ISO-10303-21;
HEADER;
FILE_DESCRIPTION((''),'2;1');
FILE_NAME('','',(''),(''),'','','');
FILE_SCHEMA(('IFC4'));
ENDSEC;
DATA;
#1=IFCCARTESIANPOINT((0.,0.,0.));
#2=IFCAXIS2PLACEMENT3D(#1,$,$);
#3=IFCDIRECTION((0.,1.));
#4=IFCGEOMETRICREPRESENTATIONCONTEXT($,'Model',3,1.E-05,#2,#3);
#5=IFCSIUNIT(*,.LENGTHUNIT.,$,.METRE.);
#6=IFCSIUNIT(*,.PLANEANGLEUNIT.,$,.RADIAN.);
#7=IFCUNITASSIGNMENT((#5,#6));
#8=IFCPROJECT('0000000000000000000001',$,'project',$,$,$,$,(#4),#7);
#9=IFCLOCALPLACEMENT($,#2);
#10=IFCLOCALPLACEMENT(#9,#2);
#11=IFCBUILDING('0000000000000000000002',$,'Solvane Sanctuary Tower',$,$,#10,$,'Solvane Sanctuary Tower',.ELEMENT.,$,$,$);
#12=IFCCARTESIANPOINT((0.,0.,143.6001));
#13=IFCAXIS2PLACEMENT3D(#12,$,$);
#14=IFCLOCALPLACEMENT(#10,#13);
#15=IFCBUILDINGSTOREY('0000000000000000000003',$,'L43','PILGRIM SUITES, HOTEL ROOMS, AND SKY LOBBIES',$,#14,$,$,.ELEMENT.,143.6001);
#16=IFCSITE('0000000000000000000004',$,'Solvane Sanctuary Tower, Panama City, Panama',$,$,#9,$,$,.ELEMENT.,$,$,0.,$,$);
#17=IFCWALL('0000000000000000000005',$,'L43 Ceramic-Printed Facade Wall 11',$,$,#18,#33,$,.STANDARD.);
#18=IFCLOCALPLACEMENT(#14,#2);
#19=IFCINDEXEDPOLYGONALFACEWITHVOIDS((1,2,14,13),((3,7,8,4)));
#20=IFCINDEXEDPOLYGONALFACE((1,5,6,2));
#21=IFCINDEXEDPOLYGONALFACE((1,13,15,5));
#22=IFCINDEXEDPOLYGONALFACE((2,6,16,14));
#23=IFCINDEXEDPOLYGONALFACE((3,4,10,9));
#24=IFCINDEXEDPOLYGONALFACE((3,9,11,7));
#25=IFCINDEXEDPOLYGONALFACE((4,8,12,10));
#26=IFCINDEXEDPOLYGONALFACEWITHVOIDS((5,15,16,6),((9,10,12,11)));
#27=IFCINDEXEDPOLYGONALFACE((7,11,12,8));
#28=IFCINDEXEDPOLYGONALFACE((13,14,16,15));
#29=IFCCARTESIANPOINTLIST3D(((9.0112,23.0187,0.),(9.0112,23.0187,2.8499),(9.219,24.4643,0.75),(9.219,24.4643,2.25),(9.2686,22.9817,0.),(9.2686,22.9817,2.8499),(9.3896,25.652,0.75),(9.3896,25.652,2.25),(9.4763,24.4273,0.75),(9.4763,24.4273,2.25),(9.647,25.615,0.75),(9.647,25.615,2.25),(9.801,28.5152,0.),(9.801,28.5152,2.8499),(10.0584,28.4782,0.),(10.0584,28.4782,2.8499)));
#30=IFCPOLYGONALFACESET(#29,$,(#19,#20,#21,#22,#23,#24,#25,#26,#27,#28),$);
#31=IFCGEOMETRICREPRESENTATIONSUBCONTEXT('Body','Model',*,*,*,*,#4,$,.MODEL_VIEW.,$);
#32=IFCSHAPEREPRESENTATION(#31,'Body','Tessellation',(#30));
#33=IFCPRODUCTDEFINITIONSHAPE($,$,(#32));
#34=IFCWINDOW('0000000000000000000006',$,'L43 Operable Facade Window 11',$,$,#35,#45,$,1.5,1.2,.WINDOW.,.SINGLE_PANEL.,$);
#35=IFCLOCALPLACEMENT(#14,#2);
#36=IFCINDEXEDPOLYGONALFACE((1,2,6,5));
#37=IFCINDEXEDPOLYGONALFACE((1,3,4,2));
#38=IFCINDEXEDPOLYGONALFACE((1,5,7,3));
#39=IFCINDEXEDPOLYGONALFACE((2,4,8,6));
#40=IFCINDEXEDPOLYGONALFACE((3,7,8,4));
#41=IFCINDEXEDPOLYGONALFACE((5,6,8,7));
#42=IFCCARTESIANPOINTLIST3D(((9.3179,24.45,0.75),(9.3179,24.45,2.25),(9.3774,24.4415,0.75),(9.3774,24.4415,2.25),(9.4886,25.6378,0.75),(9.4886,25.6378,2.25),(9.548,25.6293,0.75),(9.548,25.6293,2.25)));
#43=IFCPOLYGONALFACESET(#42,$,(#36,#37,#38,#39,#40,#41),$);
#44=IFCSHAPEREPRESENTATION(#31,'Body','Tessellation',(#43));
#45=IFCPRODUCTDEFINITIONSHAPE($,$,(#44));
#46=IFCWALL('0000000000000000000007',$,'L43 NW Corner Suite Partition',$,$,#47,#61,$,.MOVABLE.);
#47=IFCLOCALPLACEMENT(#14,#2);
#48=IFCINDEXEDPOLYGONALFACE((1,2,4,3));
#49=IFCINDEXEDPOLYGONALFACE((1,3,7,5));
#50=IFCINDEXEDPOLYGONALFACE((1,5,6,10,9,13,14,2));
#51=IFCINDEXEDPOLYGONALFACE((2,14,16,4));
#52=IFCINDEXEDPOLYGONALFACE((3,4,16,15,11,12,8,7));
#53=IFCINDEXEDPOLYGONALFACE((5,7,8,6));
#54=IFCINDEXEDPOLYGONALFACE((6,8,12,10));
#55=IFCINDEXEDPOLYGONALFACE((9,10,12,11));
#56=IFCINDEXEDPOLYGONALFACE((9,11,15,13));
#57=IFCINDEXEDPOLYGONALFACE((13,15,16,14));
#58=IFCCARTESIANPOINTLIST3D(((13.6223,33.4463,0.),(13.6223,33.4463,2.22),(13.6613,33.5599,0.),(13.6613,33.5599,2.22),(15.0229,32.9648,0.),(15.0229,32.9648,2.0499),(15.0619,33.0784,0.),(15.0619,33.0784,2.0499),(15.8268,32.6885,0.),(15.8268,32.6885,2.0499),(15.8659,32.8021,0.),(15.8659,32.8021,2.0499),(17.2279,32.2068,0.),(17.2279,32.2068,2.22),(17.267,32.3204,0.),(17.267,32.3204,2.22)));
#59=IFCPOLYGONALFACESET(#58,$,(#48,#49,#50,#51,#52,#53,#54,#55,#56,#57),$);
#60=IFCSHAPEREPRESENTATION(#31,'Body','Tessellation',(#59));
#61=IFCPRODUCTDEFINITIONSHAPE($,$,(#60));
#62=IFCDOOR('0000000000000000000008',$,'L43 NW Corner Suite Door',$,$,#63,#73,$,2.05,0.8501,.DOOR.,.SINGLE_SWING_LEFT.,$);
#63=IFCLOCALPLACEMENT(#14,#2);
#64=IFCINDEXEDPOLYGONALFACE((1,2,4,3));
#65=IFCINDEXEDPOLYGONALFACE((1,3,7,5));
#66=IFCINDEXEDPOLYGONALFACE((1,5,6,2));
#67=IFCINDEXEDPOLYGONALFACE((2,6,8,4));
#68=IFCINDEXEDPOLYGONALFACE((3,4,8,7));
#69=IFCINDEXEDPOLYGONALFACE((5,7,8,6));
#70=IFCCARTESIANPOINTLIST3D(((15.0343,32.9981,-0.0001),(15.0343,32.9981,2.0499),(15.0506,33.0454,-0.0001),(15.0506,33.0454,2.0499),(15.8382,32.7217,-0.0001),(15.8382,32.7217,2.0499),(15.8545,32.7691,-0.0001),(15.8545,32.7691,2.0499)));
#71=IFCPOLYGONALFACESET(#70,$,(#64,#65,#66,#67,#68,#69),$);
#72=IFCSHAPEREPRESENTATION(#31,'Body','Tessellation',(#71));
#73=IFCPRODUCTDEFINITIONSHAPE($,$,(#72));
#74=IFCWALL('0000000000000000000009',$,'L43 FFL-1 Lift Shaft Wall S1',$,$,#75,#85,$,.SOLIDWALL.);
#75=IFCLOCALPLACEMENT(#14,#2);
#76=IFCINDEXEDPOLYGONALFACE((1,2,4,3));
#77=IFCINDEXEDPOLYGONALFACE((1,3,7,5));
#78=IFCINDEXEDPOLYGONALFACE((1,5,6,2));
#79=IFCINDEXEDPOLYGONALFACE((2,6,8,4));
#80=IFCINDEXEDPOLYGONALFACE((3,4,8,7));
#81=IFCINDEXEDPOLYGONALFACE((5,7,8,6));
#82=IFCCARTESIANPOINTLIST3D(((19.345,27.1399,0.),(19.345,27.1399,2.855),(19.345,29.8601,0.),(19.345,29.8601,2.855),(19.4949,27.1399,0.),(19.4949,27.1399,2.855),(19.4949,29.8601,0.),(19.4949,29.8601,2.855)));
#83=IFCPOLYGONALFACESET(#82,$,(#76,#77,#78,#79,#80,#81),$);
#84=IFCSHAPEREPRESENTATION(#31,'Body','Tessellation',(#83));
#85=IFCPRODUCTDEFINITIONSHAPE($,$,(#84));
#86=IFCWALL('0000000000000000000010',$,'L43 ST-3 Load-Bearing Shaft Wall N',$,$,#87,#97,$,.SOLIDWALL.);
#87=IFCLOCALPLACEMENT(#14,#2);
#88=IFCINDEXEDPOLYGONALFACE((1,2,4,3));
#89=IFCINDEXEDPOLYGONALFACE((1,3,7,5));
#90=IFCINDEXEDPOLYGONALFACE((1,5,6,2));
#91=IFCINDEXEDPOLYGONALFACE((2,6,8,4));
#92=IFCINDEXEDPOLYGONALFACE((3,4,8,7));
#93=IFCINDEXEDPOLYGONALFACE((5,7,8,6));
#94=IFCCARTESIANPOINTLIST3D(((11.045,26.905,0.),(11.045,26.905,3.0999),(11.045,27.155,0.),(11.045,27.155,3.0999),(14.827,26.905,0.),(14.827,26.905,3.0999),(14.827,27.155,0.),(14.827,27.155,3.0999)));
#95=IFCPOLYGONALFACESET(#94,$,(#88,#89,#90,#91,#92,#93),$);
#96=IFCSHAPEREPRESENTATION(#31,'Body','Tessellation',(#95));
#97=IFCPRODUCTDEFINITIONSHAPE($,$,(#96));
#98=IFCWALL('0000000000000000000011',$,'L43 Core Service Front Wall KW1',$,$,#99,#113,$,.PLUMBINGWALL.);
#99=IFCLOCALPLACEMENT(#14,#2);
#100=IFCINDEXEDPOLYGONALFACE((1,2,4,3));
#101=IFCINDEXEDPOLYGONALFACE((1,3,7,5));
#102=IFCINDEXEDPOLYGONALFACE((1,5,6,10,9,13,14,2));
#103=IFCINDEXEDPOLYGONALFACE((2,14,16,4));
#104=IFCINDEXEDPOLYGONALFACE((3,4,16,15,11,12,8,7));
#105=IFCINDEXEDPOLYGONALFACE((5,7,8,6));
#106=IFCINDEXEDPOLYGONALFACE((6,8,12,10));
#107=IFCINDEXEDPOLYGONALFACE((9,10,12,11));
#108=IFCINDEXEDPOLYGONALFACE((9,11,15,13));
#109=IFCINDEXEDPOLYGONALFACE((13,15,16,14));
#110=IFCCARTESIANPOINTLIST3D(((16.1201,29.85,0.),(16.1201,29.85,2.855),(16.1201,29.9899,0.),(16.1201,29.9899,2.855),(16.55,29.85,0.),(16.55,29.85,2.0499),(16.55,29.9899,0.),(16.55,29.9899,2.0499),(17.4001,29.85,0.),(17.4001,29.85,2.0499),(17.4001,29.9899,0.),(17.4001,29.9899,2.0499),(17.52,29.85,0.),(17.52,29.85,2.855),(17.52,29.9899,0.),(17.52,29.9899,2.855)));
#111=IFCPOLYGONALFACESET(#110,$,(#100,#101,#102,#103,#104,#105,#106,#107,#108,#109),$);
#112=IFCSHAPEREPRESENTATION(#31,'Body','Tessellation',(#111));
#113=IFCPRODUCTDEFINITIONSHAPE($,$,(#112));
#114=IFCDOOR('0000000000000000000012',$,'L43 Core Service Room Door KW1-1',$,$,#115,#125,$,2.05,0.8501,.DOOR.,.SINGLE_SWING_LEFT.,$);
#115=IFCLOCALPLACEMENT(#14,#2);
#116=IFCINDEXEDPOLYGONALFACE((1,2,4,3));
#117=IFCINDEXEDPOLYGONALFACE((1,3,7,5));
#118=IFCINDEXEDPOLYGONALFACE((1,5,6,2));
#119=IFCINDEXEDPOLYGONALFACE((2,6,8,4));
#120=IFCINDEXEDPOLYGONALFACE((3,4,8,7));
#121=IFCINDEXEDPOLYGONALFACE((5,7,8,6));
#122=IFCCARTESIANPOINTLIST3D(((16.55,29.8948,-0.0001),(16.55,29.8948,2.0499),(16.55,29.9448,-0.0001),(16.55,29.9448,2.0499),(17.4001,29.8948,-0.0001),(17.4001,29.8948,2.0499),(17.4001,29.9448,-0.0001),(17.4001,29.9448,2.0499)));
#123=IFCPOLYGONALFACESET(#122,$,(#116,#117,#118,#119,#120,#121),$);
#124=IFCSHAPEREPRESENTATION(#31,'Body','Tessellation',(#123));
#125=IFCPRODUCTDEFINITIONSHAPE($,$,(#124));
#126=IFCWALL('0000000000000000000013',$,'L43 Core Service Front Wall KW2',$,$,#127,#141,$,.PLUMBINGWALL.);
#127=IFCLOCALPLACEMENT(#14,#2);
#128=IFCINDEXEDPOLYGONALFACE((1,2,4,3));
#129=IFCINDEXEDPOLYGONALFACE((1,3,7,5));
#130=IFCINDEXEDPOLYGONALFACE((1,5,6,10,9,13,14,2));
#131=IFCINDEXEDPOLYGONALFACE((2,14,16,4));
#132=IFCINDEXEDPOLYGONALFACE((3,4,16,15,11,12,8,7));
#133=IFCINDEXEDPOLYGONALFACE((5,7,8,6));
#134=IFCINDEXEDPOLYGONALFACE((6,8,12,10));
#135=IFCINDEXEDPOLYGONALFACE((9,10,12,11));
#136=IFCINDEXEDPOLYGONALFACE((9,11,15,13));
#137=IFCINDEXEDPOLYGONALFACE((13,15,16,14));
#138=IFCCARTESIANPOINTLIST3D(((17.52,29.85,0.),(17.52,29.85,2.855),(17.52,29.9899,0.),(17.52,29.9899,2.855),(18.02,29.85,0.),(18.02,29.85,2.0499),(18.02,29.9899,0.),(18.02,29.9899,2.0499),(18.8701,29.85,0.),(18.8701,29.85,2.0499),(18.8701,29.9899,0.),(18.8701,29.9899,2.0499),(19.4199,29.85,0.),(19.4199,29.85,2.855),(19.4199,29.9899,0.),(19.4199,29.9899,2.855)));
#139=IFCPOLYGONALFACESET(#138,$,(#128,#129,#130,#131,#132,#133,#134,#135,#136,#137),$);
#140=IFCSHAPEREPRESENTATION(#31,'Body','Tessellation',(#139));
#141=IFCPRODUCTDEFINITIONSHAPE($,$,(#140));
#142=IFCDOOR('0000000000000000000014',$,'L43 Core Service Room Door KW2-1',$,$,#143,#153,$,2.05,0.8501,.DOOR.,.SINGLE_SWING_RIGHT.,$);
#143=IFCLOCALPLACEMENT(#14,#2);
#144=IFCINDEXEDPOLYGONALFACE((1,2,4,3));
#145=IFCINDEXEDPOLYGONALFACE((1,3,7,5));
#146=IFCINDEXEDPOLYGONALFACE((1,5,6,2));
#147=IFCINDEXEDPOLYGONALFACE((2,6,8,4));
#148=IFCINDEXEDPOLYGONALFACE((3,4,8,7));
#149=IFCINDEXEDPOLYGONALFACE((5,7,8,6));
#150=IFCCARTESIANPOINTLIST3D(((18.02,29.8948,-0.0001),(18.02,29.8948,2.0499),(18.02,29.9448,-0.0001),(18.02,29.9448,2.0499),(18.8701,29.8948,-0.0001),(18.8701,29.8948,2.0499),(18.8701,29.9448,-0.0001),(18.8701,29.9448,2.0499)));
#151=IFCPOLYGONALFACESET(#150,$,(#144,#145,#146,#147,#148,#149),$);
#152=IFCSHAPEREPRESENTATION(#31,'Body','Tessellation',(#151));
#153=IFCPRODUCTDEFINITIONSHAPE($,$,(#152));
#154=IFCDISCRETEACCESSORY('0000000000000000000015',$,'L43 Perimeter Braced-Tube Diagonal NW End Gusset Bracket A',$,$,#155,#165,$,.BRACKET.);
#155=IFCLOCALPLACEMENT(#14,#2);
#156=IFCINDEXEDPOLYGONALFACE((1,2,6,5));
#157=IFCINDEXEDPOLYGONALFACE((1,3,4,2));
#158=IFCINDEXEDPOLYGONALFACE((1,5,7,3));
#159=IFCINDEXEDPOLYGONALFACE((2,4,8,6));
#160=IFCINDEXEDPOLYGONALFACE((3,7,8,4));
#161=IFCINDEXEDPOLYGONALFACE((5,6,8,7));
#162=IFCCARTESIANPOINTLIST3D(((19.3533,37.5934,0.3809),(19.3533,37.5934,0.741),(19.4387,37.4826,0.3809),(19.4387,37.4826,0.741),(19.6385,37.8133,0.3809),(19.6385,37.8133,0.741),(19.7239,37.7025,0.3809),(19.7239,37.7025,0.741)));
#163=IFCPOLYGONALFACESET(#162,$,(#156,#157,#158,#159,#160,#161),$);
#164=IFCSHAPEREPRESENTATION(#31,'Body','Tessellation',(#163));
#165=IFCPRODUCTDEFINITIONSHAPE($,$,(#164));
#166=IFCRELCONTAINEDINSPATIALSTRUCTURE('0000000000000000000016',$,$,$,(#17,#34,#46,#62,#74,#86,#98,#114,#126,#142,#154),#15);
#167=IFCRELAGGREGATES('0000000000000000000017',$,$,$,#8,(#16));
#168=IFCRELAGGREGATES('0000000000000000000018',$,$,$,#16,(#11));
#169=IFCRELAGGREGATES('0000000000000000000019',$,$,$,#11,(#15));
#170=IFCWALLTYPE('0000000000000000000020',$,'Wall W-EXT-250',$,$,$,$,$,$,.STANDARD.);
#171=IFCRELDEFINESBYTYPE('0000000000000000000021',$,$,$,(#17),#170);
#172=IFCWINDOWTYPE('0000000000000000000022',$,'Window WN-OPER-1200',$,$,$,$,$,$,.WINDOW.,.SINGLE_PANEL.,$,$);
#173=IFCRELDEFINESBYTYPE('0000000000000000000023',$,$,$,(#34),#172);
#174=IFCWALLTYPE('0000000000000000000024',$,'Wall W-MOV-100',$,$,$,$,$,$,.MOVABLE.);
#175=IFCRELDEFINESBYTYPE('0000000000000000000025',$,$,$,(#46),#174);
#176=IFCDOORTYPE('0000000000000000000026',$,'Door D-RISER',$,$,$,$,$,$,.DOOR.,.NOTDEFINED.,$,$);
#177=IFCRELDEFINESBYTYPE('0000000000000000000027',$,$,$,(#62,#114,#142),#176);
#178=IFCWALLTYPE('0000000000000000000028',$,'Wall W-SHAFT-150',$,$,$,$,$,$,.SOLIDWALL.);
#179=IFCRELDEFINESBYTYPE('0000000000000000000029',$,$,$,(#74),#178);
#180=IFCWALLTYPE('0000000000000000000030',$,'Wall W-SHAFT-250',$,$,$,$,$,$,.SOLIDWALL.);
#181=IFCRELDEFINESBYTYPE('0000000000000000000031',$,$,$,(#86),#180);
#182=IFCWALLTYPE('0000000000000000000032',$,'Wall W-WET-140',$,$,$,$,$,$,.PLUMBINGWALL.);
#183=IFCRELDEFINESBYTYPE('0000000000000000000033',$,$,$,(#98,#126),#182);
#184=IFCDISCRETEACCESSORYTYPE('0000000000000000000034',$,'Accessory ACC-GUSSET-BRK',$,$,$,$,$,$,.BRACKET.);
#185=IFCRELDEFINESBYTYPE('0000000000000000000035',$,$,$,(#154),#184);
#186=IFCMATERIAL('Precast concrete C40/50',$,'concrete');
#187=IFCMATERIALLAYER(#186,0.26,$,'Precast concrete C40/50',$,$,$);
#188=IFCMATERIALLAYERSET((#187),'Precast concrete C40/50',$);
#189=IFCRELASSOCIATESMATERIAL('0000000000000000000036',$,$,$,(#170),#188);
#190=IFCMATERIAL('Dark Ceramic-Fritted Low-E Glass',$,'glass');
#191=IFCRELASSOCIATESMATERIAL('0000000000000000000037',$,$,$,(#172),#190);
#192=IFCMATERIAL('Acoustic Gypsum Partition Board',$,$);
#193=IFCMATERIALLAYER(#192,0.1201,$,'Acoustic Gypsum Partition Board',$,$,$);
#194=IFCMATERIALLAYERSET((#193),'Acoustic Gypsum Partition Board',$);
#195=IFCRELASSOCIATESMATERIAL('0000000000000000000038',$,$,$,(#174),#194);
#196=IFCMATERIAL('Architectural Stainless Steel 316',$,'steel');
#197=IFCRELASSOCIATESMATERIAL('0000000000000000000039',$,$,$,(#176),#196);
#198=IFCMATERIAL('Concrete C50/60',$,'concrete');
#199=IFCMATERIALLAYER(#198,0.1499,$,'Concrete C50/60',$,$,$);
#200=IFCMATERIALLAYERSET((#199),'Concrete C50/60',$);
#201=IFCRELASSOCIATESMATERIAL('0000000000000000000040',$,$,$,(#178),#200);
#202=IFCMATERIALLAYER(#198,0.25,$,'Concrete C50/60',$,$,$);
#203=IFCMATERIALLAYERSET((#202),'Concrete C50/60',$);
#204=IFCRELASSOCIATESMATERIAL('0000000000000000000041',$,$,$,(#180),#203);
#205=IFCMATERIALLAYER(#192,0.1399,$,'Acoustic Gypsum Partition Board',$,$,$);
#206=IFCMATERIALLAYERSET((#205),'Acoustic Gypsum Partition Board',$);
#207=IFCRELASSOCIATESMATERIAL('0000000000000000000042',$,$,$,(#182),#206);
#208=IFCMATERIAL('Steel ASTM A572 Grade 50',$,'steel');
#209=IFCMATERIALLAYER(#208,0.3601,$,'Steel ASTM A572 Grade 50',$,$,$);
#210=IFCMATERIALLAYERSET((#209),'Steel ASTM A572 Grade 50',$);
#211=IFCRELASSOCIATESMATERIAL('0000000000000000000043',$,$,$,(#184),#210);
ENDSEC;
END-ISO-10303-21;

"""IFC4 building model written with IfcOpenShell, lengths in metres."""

from ifc_helpers import new_model, si_unit, direction, frame, frame_2d, origin, origin_2d, place, context, subcontext, project, spatial, rectangle, extrude, material, layer, layer_set, type_object, element, fill, save


model = new_model("IFC4")

# Units and contexts
model_context = context("Model", 3, precision=1e-05, world=origin(), true_north=direction((0.0, 1.0)))
body_context = subcontext(model_context, "Body", "Model", "MODEL_VIEW")
ifc_project = project(units=[si_unit("LENGTHUNIT", "METRE"), si_unit("PLANEANGLEUNIT", "RADIAN")], contexts=[model_context])

# Site, building, storey
site_placement = place(None, origin())
site = spatial("IfcSite", under=ifc_project, at=site_placement, Name="Solvane Sanctuary Tower, Panama City, Panama", CompositionType="ELEMENT", RefElevation=0.0)
building_placement = place(site_placement, origin())
building = spatial("IfcBuilding", under=site, at=building_placement, Name="Solvane Sanctuary Tower", LongName="Solvane Sanctuary Tower", CompositionType="ELEMENT")
storey_placement = place(building_placement, frame((0.0, 0.0, 143.6001)))
storey = spatial("IfcBuildingStorey", under=building, at=storey_placement, Name="L43", Description="PILGRIM SUITES, HOTEL ROOMS, AND SKY LOBBIES", CompositionType="ELEMENT", Elevation=143.6001)

# Shared definitions
ifc_material_1 = material(Name="Acoustic Gypsum Partition Board")

# Shared definitions
ifc_material_2 = material(Name="Precast concrete C40/50", Category="concrete")
ifc_layer_1 = layer(ifc_material_2, 0.26, Name="Precast concrete C40/50")
ifc_layer_set_1 = layer_set([ifc_layer_1], Name="Precast concrete C40/50")
wall_type_1 = type_object("IfcWallType", Name="Wall W-EXT-250", PredefinedType="STANDARD", material=ifc_layer_set_1)

# Wall, opening, window
ifc_material_3 = material(Name="Dark Ceramic-Fritted Low-E Glass", Category="glass")
window_type_1 = type_object("IfcWindowType", Name="Window WN-OPER-1200", PartitioningType="SINGLE_PANEL", PredefinedType="WINDOW", material=ifc_material_3)
wall_1_placement = place(storey_placement, frame((9.9297, 28.4966, 0.0), z_axis=(0.0, 0.0, 1.0), x_axis=(-0.142228, -0.989834, 0.0)))
wall_1 = element("IfcWall", 1, at=wall_1_placement, inside=storey, type_object=wall_type_1, Name="L43 Ceramic-Printed Facade Wall 11", PredefinedType="STANDARD", context=body_context, shape_type="SweptSolid", body=[
    extrude(rectangle(XDim=5.553, YDim=0.26, at=frame_2d((2.7764, 0.0))), origin(), (0.0, 0.0, 1.0), 2.8499),
])
opening_1_placement = place(wall_1_placement, frame((2.8923, 0.0, 0.75)))
opening_1 = element("IfcOpeningElement", 2, at=opening_1_placement, cuts=wall_1, PredefinedType="OPENING", context=body_context, shape_type="SweptSolid", body=[
    extrude(rectangle(XDim=1.2, YDim=1.5, at=frame_2d((0.6001, 0.75))), frame((0.0, 0.1399, 0.0), z_axis=(0.0, -1.0, 0.0), x_axis=(1.0, 0.0, 0.0)), (0.0, 0.0, 1.0), 0.28),
])
window_1_placement = place(opening_1_placement, origin())
window_1 = element("IfcWindow", 3, at=window_1_placement, inside=storey, type_object=window_type_1, Name="L43 Operable Facade Window 11", OverallHeight=1.5, OverallWidth=1.2, PartitioningType="SINGLE_PANEL", PredefinedType="WINDOW", context=body_context, shape_type="SweptSolid", body=[
    extrude(rectangle(XDim=1.2, YDim=1.5, at=frame_2d((0.6001, 0.75))), frame((0.0, 0.03, 0.0), z_axis=(0.0, -1.0, 0.0), x_axis=(1.0, 0.0, 0.0)), (0.0, 0.0, 1.0), 0.0601),
])
fill(opening_1, window_1)

# Wall, opening, door
ifc_layer_2 = layer(ifc_material_1, 0.1201, Name="Acoustic Gypsum Partition Board")
ifc_layer_set_2 = layer_set([ifc_layer_2], Name="Acoustic Gypsum Partition Board")
wall_type_2 = type_object("IfcWallType", Name="Wall W-MOV-100", PredefinedType="MOVABLE", material=ifc_layer_set_2)
wall_2_placement = place(storey_placement, frame((17.2473, 32.2637, 0.0), z_axis=(0.0, 0.0, 1.0), x_axis=(-0.945684, 0.325089, 0.0)))
wall_2 = element("IfcWall", 4, at=wall_2_placement, inside=storey, type_object=wall_type_2, Name="L43 NW Corner Suite Partition", PredefinedType="MOVABLE", context=body_context, shape_type="SweptSolid", body=[
    extrude(rectangle(XDim=3.8127, YDim=0.1201, at=frame_2d((1.9062, 0.0))), origin(), (0.0, 0.0, 1.0), 2.22),
])
opening_2_placement = place(wall_2_placement, frame((1.4814, 0.0, 0.0)))
opening_2 = element("IfcOpeningElement", 5, at=opening_2_placement, cuts=wall_2, PredefinedType="OPENING", context=body_context, shape_type="SweptSolid", body=[
    extrude(rectangle(XDim=0.8501, YDim=2.05, at=frame_2d((0.425, 1.0249))), frame((0.0, 0.0701, 0.0), z_axis=(0.0, -1.0, 0.0), x_axis=(1.0, 0.0, 0.0)), (0.0, 0.0, 1.0), 0.1401),
])
ifc_material_4 = material(Name="Architectural Stainless Steel 316", Category="steel")
door_type_1 = type_object("IfcDoorType", Name="Door D-RISER", OperationType="NOTDEFINED", PredefinedType="DOOR", material=ifc_material_4)
door_1_placement = place(opening_2_placement, origin())
door_1 = element("IfcDoor", 6, at=door_1_placement, inside=storey, type_object=door_type_1, Name="L43 NW Corner Suite Door", OperationType="SINGLE_SWING_LEFT", OverallHeight=2.05, OverallWidth=0.8501, PredefinedType="DOOR", context=body_context, shape_type="SweptSolid", body=[
    extrude(rectangle(XDim=0.8501, YDim=2.05, at=frame_2d((0.425, 1.0249))), frame((0.0, 0.0249, 0.0), z_axis=(0.0, -1.0, 0.0), x_axis=(1.0, 0.0, 0.0)), (0.0, 0.0, 1.0), 0.05),
])
fill(opening_2, door_1)

# Walls
ifc_material_5 = material(Name="Concrete C50/60", Category="concrete")
ifc_layer_3 = layer(ifc_material_5, 0.1499, Name="Concrete C50/60")
ifc_layer_set_3 = layer_set([ifc_layer_3], Name="Concrete C50/60")
wall_type_3 = type_object("IfcWallType", Name="Wall W-SHAFT-150", PredefinedType="SOLIDWALL", material=ifc_layer_set_3)
wall_3_placement = place(storey_placement, frame((19.4199, 27.1399, 0.0), z_axis=(0.0, 0.0, 1.0), x_axis=(0.0, 1.0, 0.0)))
element("IfcWall", 7, at=wall_3_placement, inside=storey, type_object=wall_type_3, Name="L43 FFL-1 Lift Shaft Wall S1", PredefinedType="SOLIDWALL", context=body_context, shape_type="SweptSolid", body=[
    extrude(rectangle(XDim=2.7202, YDim=0.1499, at=frame_2d((1.3601, 0.0))), origin(), (0.0, 0.0, 1.0), 2.855),
])
ifc_layer_4 = layer(ifc_material_5, 0.25, Name="Concrete C50/60")
ifc_layer_set_4 = layer_set([ifc_layer_4], Name="Concrete C50/60")
wall_type_4 = type_object("IfcWallType", Name="Wall W-SHAFT-250", PredefinedType="SOLIDWALL", material=ifc_layer_set_4)
wall_4_placement = place(storey_placement, frame((11.0449, 27.03, 0.0), z_axis=(0.0, 0.0, 1.0), x_axis=(1.0, 0.0, 0.0)))
element("IfcWall", 8, at=wall_4_placement, inside=storey, type_object=wall_type_4, Name="L43 ST-3 Load-Bearing Shaft Wall N", PredefinedType="SOLIDWALL", context=body_context, shape_type="SweptSolid", body=[
    extrude(rectangle(XDim=3.782, YDim=0.25, at=frame_2d((1.8911, 0.0))), origin(), (0.0, 0.0, 1.0), 3.0999),
])

# Walls, openings, doors
ifc_layer_5 = layer(ifc_material_1, 0.1399, Name="Acoustic Gypsum Partition Board")
ifc_layer_set_5 = layer_set([ifc_layer_5], Name="Acoustic Gypsum Partition Board")
wall_type_5 = type_object("IfcWallType", Name="Wall W-WET-140", PredefinedType="PLUMBINGWALL", material=ifc_layer_set_5)
wall_5_placement = place(storey_placement, frame((16.1201, 29.9199, 0.0), z_axis=(0.0, 0.0, 1.0), x_axis=(1.0, 0.0, 0.0)))
wall_5 = element("IfcWall", 9, at=wall_5_placement, inside=storey, type_object=wall_type_5, Name="L43 Core Service Front Wall KW1", PredefinedType="PLUMBINGWALL", context=body_context, shape_type="SweptSolid", body=[
    extrude(rectangle(XDim=1.3999, YDim=0.1399, at=frame_2d((0.7, 0.0))), origin(), (0.0, 0.0, 1.0), 2.855),
])
opening_3_placement = place(wall_5_placement, frame((0.4299, 0.0, 0.0)))
opening_3 = element("IfcOpeningElement", 10, at=opening_3_placement, cuts=wall_5, PredefinedType="OPENING", context=body_context, shape_type="SweptSolid", body=[
    extrude(rectangle(XDim=0.8501, YDim=2.05, at=frame_2d((0.425, 1.0249))), frame((0.0, 0.0798, 0.0), z_axis=(0.0, -1.0, 0.0), x_axis=(1.0, 0.0, 0.0)), (0.0, 0.0, 1.0), 0.1599),
])
door_2_placement = place(opening_3_placement, origin())
door_2 = element("IfcDoor", 11, at=door_2_placement, inside=storey, type_object=door_type_1, Name="L43 Core Service Room Door KW1-1", OperationType="SINGLE_SWING_LEFT", OverallHeight=2.05, OverallWidth=0.8501, PredefinedType="DOOR", context=body_context, shape_type="SweptSolid", body=[
    extrude(rectangle(XDim=0.8501, YDim=2.05, at=frame_2d((0.425, 1.0249))), frame((0.0, 0.0249, 0.0), z_axis=(0.0, -1.0, 0.0), x_axis=(1.0, 0.0, 0.0)), (0.0, 0.0, 1.0), 0.05),
])
fill(opening_3, door_2)
wall_6_placement = place(storey_placement, frame((17.52, 29.9199, 0.0), z_axis=(0.0, 0.0, 1.0), x_axis=(1.0, 0.0, 0.0)))
wall_6 = element("IfcWall", 12, at=wall_6_placement, inside=storey, type_object=wall_type_5, Name="L43 Core Service Front Wall KW2", PredefinedType="PLUMBINGWALL", context=body_context, shape_type="SweptSolid", body=[
    extrude(rectangle(XDim=1.8999, YDim=0.1399, at=frame_2d((0.95, 0.0))), origin(), (0.0, 0.0, 1.0), 2.855),
])
opening_4_placement = place(wall_6_placement, frame((0.5, 0.0, 0.0)))
opening_4 = element("IfcOpeningElement", 13, at=opening_4_placement, cuts=wall_6, PredefinedType="OPENING", context=body_context, shape_type="SweptSolid", body=[
    extrude(rectangle(XDim=0.8501, YDim=2.05, at=frame_2d((0.425, 1.0249))), frame((0.0, 0.0798, 0.0), z_axis=(0.0, -1.0, 0.0), x_axis=(1.0, 0.0, 0.0)), (0.0, 0.0, 1.0), 0.1599),
])
door_3_placement = place(opening_4_placement, origin())
door_3 = element("IfcDoor", 14, at=door_3_placement, inside=storey, type_object=door_type_1, Name="L43 Core Service Room Door KW2-1", OperationType="SINGLE_SWING_RIGHT", OverallHeight=2.05, OverallWidth=0.8501, PredefinedType="DOOR", context=body_context, shape_type="SweptSolid", body=[
    extrude(rectangle(XDim=0.8501, YDim=2.05, at=frame_2d((0.425, 1.0249))), frame((0.0, 0.0249, 0.0), z_axis=(0.0, -1.0, 0.0), x_axis=(1.0, 0.0, 0.0)), (0.0, 0.0, 1.0), 0.05),
])
fill(opening_4, door_3)

# Discrete accessory
ifc_material_6 = material(Name="Steel ASTM A572 Grade 50", Category="steel")
ifc_layer_6 = layer(ifc_material_6, 0.3601, Name="Steel ASTM A572 Grade 50")
ifc_layer_set_6 = layer_set([ifc_layer_6], Name="Steel ASTM A572 Grade 50")
discrete_accessory_type = type_object("IfcDiscreteAccessoryType", Name="Accessory ACC-GUSSET-BRK", PredefinedType="BRACKET", material=ifc_layer_set_6)
for number, where, z_axis, x_axis, name in (
    (15, (19.5386, 37.6479, 0.3809), (0.0, 0.0, 1.0), (-0.792077, -0.610422, 0.0), "L43 Perimeter Braced-Tube Diagonal NW End Gusset Bracket A"),
):
    element("IfcDiscreteAccessory", number, at=place(storey_placement, frame(where, z_axis=z_axis, x_axis=x_axis)), inside=storey, type_object=discrete_accessory_type, Name=name, PredefinedType="BRACKET", context=body_context, shape_type="SweptSolid", body=[
        extrude(rectangle(XDim=0.3601, YDim=0.1399, at=origin_2d()), origin(), (0.0, 0.0, 1.0), 0.3601),
    ])

save(model, "model.ifc")
